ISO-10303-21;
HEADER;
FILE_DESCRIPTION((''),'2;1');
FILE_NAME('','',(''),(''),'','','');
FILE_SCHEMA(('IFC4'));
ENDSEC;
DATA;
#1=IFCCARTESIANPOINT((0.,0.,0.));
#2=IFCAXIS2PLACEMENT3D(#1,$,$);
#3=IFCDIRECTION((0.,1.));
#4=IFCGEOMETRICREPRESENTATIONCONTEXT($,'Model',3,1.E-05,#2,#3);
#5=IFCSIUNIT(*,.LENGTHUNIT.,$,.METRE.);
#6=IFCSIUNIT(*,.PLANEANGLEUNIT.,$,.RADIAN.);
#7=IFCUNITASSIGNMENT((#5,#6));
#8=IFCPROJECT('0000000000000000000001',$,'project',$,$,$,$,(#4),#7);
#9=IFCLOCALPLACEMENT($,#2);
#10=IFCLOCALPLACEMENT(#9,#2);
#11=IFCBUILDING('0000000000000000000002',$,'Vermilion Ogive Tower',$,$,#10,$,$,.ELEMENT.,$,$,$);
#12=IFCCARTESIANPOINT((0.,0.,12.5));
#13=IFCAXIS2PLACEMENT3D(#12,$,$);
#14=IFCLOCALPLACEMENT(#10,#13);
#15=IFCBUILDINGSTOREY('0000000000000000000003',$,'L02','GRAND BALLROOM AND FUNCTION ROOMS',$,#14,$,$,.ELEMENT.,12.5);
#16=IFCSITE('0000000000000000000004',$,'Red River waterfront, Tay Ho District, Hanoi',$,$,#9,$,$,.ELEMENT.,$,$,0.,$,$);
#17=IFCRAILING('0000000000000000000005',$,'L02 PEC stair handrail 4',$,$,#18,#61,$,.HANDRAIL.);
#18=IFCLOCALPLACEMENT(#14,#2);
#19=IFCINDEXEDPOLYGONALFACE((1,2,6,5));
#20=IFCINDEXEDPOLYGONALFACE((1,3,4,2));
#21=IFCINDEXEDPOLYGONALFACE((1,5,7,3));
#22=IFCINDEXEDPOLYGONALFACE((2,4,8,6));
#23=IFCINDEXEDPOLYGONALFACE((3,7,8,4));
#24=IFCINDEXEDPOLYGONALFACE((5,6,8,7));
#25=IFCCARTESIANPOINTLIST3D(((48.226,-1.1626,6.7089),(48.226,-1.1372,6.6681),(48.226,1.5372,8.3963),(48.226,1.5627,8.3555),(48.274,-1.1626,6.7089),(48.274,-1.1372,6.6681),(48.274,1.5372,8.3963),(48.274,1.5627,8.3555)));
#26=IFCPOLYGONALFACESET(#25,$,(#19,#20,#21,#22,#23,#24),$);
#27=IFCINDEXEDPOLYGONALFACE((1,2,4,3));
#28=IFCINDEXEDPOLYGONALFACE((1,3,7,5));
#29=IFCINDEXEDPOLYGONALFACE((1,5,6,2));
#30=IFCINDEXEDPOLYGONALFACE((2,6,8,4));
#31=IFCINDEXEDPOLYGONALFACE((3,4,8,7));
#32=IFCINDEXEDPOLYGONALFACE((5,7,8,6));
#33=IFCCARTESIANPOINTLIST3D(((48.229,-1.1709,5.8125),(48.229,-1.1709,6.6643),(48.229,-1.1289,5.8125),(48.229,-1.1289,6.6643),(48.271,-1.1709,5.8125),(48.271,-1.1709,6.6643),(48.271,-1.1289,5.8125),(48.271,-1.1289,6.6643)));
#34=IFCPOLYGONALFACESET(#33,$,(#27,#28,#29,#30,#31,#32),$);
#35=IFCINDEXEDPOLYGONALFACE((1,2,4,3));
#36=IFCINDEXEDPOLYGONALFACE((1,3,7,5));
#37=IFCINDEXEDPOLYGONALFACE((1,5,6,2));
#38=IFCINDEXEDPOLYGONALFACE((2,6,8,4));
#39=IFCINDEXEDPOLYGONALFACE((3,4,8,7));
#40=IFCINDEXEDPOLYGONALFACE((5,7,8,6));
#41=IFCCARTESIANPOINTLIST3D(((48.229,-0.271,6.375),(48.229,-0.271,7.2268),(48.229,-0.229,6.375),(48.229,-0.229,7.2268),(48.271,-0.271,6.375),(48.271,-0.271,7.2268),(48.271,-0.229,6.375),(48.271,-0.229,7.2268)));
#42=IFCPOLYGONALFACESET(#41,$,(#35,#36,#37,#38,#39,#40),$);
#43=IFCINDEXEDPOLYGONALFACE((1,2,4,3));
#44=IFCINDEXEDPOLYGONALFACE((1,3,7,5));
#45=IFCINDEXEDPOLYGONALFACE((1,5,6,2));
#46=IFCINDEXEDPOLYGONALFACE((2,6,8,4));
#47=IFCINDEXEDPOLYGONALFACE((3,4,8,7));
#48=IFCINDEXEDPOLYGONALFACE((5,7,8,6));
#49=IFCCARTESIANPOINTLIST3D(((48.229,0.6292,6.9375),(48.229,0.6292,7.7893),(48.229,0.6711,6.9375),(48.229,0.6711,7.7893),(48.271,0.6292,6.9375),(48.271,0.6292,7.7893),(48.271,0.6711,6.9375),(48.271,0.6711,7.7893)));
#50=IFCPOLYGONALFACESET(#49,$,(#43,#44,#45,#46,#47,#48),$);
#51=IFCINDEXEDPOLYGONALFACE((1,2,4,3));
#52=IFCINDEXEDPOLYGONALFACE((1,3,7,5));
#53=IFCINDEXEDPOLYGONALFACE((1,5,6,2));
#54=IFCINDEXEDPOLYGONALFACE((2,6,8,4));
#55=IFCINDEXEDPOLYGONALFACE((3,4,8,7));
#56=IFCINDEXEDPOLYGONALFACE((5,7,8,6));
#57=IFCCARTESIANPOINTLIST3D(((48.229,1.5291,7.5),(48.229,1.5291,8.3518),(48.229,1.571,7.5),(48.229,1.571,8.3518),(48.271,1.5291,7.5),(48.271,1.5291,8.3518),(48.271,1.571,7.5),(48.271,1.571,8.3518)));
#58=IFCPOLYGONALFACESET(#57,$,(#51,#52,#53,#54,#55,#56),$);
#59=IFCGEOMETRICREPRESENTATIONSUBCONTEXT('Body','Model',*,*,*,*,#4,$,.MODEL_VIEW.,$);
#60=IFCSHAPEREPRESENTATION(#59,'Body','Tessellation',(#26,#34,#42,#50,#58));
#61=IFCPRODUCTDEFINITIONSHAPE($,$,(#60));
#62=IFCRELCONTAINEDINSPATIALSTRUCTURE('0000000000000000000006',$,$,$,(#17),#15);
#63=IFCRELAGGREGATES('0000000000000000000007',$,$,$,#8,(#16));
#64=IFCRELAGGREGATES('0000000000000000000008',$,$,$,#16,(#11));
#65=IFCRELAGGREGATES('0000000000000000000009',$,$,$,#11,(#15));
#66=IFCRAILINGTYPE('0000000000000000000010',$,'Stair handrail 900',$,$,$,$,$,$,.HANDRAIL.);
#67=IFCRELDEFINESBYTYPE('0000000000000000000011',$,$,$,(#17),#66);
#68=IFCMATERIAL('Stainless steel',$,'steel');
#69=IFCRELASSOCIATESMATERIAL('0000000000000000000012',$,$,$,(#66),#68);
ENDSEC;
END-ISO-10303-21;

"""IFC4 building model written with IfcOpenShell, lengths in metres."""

from ifc_helpers import new_model, si_unit, direction, frame, origin, origin_2d, place, context, subcontext, project, spatial, rectangle, extrude, material, type_object, element, save


model = new_model("IFC4")

# Units and contexts
model_context = context("Model", 3, precision=1e-05, world=origin(), true_north=direction((0.0, 1.0)))
body_context = subcontext(model_context, "Body", "Model", "MODEL_VIEW")
ifc_project = project(units=[si_unit("LENGTHUNIT", "METRE"), si_unit("PLANEANGLEUNIT", "RADIAN")], contexts=[model_context])

# Site, building, storey
site_placement = place(None, origin())
site = spatial("IfcSite", under=ifc_project, at=site_placement, Name="Red River waterfront, Tay Ho District, Hanoi", CompositionType="ELEMENT", RefElevation=0.0)
building_placement = place(site_placement, origin())
building = spatial("IfcBuilding", under=site, at=building_placement, Name="Vermilion Ogive Tower", CompositionType="ELEMENT")
storey_placement = place(building_placement, frame((0.0, 0.0, 12.5)))
storey = spatial("IfcBuildingStorey", under=building, at=storey_placement, Name="L02", Description="GRAND BALLROOM AND FUNCTION ROOMS", CompositionType="ELEMENT", Elevation=12.5)

# Railing
ifc_material_1 = material(Name="Stainless steel", Category="steel")
railing_type_1 = type_object("IfcRailingType", Name="Stair handrail 900", PredefinedType="HANDRAIL", material=ifc_material_1)
for number, where, name in (
    (1, (48.25, -1.1499, 5.8125), "L02 PEC stair handrail 4"),
):
    element("IfcRailing", number, at=place(storey_placement, frame(where)), inside=storey, type_object=railing_type_1, Name=name, PredefinedType="HANDRAIL", context=body_context, shape_type="SweptSolid", body=[
        extrude(rectangle(XDim=0.0481, YDim=0.0481, at=origin_2d()), frame((0.0, 0.0, 0.876), z_axis=(0.0, 0.847994, 0.530006), x_axis=(-1.0, 0.0, 0.0)), (0.0, 0.0, 1.0), 3.1838),
        extrude(rectangle(XDim=0.042, YDim=0.042, at=origin_2d()), origin(), (0.0, 0.0, 1.0), 0.8518),
        extrude(rectangle(XDim=0.042, YDim=0.042, at=origin_2d()), frame((0.0, 0.8999, 0.5625)), (0.0, 0.0, 1.0), 0.8518),
        extrude(rectangle(XDim=0.042, YDim=0.042, at=origin_2d()), frame((0.0, 1.8, 1.125)), (0.0, 0.0, 1.0), 0.8518),
        extrude(rectangle(XDim=0.042, YDim=0.042, at=origin_2d()), frame((0.0, 2.7, 1.6875)), (0.0, 0.0, 1.0), 0.8518),
    ])

save(model, "model.ifc")
